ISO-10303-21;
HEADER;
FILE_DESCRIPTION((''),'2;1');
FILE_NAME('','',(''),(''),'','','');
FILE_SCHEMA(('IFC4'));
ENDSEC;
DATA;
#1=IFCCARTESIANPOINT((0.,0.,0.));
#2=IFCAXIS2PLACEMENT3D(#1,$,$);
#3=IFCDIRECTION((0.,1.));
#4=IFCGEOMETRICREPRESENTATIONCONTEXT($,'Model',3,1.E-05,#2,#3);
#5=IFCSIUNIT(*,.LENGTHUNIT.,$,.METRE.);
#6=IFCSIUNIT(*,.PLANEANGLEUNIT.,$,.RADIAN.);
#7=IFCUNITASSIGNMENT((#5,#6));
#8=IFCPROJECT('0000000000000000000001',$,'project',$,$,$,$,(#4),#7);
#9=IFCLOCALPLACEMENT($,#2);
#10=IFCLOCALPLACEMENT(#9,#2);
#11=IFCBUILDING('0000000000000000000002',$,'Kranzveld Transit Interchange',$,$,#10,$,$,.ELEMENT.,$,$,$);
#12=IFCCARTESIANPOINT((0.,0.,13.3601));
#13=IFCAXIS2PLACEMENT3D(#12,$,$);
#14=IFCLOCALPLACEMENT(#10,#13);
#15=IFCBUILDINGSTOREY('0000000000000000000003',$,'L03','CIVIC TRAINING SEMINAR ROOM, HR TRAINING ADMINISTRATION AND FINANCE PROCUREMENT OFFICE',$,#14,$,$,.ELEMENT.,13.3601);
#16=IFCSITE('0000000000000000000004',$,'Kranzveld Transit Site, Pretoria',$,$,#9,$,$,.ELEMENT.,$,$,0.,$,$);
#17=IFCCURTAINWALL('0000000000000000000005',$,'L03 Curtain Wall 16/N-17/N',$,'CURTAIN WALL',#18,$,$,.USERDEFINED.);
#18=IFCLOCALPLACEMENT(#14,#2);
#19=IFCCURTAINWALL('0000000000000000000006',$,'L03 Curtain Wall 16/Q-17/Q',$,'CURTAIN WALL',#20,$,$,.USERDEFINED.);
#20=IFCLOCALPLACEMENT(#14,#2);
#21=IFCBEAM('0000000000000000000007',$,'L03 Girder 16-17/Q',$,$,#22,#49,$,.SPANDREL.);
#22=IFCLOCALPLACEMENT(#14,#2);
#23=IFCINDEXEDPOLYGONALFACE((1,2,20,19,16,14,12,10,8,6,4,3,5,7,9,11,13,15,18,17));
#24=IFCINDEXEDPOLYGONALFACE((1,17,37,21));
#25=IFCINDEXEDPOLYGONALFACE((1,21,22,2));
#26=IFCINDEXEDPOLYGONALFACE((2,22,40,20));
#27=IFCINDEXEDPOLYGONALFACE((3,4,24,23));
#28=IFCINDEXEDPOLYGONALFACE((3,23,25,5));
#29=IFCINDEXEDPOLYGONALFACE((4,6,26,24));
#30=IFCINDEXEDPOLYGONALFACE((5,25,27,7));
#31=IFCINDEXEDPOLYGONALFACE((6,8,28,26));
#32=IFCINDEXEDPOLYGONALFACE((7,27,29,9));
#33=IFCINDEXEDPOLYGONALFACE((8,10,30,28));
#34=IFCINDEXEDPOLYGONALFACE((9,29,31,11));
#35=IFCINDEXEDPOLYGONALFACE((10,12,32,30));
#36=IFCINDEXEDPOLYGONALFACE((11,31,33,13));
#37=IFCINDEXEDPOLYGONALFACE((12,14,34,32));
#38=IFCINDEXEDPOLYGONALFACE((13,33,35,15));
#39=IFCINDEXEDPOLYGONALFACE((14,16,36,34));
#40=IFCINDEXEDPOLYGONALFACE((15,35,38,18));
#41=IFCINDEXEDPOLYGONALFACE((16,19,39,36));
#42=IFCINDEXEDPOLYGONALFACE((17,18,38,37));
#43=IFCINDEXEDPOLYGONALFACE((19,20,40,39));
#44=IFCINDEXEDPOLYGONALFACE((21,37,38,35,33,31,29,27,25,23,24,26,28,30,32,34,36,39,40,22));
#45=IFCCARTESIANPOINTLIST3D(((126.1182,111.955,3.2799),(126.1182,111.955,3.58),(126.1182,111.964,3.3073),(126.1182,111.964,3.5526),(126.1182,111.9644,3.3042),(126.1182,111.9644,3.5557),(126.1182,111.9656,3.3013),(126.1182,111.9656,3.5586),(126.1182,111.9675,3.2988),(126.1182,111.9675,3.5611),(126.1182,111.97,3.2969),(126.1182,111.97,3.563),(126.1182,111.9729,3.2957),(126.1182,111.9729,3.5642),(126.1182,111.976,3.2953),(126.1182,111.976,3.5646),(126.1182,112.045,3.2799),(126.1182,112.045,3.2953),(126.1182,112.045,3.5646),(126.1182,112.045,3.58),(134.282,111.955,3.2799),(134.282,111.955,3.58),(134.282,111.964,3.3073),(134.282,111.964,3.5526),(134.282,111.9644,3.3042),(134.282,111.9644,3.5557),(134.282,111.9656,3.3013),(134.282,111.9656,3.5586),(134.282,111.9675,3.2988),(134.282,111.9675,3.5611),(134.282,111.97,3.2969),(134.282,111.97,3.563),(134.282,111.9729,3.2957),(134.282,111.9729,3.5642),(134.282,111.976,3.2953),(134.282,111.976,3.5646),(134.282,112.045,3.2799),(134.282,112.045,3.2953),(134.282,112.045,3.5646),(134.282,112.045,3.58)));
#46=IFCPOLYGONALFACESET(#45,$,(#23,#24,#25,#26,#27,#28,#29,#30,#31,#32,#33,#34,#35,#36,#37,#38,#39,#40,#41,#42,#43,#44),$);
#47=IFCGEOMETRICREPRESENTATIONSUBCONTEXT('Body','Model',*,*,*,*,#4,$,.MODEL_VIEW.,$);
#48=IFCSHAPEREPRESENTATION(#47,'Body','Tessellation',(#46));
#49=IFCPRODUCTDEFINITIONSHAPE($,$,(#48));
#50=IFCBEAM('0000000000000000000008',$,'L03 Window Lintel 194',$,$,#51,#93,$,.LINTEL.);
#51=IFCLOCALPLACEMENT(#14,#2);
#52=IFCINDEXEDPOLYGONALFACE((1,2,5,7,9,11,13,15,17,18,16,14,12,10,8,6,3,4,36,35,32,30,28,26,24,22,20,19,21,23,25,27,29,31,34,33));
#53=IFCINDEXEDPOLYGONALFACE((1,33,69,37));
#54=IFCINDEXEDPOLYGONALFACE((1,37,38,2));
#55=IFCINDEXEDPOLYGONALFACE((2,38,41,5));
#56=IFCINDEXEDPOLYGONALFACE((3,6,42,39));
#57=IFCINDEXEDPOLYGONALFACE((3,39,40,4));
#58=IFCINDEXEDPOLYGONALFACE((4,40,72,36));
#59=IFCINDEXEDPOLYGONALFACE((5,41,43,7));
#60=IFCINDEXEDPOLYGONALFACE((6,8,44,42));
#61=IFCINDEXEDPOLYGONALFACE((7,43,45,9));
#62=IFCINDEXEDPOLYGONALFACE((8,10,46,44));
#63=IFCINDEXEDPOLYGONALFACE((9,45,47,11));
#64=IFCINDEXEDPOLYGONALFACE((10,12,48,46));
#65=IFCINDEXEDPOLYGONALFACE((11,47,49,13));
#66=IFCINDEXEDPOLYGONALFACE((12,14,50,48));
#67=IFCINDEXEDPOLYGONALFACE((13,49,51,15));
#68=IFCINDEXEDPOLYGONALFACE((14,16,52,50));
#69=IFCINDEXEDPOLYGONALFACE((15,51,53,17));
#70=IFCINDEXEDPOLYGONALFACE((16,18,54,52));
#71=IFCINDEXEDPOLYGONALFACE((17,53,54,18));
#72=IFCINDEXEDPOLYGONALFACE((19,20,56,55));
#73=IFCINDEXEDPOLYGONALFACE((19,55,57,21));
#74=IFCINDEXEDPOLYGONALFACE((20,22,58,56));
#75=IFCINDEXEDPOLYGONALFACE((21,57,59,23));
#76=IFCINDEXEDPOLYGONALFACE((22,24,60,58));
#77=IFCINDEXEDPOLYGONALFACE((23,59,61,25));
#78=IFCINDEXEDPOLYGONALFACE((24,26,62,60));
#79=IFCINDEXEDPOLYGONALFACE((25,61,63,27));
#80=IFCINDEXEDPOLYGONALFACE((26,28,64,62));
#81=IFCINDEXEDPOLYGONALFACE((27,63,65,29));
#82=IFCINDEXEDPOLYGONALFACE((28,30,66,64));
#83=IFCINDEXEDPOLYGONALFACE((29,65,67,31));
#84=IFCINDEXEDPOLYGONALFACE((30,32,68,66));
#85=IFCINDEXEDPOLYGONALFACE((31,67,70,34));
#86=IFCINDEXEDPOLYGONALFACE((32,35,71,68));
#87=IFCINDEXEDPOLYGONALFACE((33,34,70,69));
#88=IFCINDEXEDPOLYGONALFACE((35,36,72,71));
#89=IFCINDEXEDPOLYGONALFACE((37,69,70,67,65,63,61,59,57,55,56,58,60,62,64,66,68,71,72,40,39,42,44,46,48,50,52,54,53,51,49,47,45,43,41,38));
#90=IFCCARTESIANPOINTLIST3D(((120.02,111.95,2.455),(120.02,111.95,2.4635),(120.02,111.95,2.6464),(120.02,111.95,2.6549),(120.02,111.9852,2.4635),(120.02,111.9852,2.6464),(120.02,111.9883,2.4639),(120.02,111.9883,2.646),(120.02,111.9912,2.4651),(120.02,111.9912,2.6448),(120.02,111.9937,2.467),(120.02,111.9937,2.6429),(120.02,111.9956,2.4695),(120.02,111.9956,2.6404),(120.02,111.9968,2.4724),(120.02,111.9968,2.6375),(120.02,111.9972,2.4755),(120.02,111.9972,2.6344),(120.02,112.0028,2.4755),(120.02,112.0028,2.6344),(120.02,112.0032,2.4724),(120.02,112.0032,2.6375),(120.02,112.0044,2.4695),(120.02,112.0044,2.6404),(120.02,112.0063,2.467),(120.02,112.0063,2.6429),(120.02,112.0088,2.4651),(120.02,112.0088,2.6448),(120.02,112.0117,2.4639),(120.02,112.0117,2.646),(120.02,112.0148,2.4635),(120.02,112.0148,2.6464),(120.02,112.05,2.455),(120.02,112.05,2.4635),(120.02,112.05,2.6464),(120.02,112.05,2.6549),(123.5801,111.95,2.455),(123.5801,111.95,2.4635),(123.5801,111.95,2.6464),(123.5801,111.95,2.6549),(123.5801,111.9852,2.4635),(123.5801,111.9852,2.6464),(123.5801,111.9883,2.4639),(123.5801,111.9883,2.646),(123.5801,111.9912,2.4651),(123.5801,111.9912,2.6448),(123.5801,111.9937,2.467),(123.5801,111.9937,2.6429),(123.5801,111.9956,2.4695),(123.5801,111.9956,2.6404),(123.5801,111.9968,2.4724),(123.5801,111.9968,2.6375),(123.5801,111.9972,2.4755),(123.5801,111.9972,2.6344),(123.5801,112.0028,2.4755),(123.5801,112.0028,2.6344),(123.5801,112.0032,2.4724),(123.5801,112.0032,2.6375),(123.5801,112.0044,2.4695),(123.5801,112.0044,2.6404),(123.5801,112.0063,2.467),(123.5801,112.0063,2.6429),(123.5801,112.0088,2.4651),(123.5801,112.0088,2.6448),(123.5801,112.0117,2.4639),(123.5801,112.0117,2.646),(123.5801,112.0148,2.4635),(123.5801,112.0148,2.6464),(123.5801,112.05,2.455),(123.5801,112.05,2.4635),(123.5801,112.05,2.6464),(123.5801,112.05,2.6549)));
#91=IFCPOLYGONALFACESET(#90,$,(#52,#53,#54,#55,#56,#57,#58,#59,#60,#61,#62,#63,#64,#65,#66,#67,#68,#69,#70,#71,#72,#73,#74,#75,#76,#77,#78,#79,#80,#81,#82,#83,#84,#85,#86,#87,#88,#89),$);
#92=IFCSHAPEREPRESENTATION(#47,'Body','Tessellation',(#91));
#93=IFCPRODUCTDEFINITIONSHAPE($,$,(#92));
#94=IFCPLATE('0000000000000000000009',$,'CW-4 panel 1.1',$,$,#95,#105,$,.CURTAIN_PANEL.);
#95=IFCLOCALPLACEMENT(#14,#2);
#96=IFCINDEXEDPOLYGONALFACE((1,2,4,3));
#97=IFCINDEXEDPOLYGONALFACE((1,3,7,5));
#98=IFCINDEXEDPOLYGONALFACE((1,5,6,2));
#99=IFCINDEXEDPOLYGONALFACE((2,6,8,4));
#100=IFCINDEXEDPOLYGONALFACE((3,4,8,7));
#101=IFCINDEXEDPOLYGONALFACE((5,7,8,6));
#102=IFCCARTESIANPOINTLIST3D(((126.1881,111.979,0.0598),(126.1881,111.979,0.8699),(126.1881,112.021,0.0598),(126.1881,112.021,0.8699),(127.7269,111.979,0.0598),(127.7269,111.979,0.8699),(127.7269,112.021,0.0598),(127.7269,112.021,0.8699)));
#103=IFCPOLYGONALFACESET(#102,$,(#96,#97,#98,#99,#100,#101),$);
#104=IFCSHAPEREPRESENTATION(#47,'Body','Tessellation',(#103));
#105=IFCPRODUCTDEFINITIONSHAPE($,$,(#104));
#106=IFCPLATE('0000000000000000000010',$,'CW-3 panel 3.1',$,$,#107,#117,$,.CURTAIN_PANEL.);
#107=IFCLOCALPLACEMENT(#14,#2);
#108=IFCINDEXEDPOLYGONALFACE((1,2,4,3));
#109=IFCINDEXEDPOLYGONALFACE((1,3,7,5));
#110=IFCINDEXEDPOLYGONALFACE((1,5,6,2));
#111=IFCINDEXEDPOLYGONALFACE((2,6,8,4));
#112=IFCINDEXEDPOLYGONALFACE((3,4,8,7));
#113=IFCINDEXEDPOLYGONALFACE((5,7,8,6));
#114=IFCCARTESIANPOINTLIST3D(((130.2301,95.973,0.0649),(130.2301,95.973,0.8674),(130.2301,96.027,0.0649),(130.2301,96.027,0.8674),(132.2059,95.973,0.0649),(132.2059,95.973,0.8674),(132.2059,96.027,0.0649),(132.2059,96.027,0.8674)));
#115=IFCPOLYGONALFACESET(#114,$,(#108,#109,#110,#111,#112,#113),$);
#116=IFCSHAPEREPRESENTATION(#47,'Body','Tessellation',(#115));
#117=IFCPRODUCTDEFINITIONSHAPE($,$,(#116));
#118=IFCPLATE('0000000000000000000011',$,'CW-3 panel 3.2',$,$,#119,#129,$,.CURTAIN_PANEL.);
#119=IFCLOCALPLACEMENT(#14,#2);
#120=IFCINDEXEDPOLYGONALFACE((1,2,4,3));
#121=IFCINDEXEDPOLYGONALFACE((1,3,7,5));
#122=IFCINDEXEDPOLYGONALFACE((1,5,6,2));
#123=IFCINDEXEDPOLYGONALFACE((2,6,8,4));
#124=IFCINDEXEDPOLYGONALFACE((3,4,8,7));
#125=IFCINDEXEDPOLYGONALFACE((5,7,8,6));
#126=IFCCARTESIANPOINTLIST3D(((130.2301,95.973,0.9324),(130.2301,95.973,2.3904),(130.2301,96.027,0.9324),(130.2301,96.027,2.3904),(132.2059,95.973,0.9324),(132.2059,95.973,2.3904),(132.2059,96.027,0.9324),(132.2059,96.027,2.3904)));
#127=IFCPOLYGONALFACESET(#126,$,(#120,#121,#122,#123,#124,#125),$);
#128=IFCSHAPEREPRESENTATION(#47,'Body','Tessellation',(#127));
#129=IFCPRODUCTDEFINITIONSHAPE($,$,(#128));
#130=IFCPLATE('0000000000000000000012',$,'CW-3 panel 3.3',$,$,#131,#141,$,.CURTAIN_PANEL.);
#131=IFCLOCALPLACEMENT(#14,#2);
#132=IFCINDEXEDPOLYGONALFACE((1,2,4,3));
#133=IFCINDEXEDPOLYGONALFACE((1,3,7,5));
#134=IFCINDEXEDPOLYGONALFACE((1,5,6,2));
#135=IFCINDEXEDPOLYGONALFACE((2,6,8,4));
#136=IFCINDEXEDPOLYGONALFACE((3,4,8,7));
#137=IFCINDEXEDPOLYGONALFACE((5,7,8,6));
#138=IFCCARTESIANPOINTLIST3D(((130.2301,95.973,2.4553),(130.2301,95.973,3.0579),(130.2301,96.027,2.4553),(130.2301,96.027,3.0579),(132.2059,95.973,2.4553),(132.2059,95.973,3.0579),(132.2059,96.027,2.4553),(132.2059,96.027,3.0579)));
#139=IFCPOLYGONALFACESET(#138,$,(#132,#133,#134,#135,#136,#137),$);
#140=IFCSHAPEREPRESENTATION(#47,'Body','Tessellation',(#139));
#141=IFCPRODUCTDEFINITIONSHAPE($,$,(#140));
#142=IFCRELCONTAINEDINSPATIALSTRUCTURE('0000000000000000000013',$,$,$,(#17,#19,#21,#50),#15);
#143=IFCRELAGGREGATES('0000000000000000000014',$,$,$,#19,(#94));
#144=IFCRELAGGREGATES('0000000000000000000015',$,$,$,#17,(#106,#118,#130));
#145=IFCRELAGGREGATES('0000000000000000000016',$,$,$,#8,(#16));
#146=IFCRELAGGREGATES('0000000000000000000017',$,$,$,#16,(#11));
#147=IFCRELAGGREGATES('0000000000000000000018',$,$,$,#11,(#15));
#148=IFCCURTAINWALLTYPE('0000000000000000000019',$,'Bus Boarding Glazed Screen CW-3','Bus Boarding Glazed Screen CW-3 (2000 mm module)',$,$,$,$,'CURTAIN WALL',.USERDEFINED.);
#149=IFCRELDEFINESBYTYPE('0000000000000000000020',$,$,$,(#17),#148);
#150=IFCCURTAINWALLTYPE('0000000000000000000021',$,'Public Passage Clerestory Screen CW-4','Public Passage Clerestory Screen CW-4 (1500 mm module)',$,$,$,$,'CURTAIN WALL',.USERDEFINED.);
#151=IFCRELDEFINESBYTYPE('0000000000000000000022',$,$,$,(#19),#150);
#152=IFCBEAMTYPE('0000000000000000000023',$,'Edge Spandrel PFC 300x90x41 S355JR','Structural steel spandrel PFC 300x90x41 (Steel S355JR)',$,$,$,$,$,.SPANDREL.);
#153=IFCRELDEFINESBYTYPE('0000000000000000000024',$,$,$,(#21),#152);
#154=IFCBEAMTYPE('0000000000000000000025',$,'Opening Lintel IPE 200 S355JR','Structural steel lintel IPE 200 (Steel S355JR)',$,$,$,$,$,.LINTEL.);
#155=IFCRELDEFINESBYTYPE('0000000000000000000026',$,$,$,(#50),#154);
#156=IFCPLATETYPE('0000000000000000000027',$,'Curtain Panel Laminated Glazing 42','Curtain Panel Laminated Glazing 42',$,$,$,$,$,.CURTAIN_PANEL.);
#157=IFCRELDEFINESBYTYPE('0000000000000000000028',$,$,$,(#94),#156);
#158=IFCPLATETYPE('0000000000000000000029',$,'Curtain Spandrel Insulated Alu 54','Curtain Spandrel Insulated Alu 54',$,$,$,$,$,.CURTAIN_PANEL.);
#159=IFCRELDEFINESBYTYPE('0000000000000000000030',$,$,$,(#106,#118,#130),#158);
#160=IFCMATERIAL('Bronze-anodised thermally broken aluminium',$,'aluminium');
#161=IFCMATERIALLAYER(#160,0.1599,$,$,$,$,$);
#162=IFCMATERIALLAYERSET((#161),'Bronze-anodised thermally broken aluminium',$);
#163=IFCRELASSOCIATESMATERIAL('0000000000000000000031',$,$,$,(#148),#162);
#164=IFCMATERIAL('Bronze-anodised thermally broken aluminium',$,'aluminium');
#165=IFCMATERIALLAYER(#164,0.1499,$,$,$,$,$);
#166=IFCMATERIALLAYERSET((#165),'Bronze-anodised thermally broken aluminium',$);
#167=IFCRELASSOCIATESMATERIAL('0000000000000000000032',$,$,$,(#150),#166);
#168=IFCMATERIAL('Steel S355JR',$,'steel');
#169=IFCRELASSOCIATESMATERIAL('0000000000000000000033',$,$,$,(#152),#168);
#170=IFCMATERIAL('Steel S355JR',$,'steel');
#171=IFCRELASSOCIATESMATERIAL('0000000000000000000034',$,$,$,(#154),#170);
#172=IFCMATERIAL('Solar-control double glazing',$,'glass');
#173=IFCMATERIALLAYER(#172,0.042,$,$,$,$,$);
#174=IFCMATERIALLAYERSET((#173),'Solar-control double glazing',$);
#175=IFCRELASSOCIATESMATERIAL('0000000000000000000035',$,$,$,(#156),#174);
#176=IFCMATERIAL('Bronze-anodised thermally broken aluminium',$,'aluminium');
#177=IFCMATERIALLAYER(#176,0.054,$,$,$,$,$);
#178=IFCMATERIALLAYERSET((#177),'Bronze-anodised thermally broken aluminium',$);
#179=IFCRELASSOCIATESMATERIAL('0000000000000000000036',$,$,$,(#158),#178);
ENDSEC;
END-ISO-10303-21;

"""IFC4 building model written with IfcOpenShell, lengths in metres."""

from ifc_helpers import new_model, si_unit, direction, frame, origin, origin_2d, place, context, subcontext, project, spatial, rectangle, i_section, u_section, extrude, material, layer, layer_set, material_profile, profile_set, type_object, element, aggregate, save


model = new_model("IFC4")

# Units and contexts
model_context = context("Model", 3, precision=1e-05, world=origin(), true_north=direction((0.0, 1.0)))
body_context = subcontext(model_context, "Body", "Model", "MODEL_VIEW")
ifc_project = project(units=[si_unit("LENGTHUNIT", "METRE"), si_unit("PLANEANGLEUNIT", "RADIAN")], contexts=[model_context])

# Site, building, storey
site_placement = place(None, origin())
site = spatial("IfcSite", under=ifc_project, at=site_placement, Name="Kranzveld Transit Site, Pretoria", CompositionType="ELEMENT", RefElevation=0.0)
building_placement = place(site_placement, origin())
building = spatial("IfcBuilding", under=site, at=building_placement, Name="Kranzveld Transit Interchange", CompositionType="ELEMENT")
storey_placement = place(building_placement, frame((0.0, 0.0, 13.3601)))
storey = spatial("IfcBuildingStorey", under=building, at=storey_placement, Name="L03", Description="CIVIC TRAINING SEMINAR ROOM, HR TRAINING ADMINISTRATION AND FINANCE PROCUREMENT OFFICE", CompositionType="ELEMENT", Elevation=13.3601)

# Curtain walls
ifc_material_1 = material(Name="Bronze-anodised thermally broken aluminium", Category="aluminium")
ifc_layer_1 = layer(ifc_material_1, 0.1599)
ifc_layer_set_1 = layer_set([ifc_layer_1], Name="Bronze-anodised thermally broken aluminium")
curtain_wall_type_1 = type_object("IfcCurtainWallType", Name="Bus Boarding Glazed Screen CW-3", Description="Bus Boarding Glazed Screen CW-3 (2000 mm module)", ElementType="CURTAIN WALL", PredefinedType="USERDEFINED", material=ifc_layer_set_1)
curtain_wall_1_placement = place(storey_placement, origin())
curtain_wall_1 = element("IfcCurtainWall", 1, at=curtain_wall_1_placement, inside=storey, type_object=curtain_wall_type_1, Name="L03 Curtain Wall 16/N-17/N", ObjectType="CURTAIN WALL", PredefinedType="USERDEFINED")
ifc_material_2 = material(Name="Bronze-anodised thermally broken aluminium", Category="aluminium")
ifc_layer_2 = layer(ifc_material_2, 0.1499)
ifc_layer_set_2 = layer_set([ifc_layer_2], Name="Bronze-anodised thermally broken aluminium")
curtain_wall_type_2 = type_object("IfcCurtainWallType", Name="Public Passage Clerestory Screen CW-4", Description="Public Passage Clerestory Screen CW-4 (1500 mm module)", ElementType="CURTAIN WALL", PredefinedType="USERDEFINED", material=ifc_layer_set_2)
curtain_wall_2_placement = place(storey_placement, origin())
curtain_wall_2 = element("IfcCurtainWall", 2, at=curtain_wall_2_placement, inside=storey, type_object=curtain_wall_type_2, Name="L03 Curtain Wall 16/Q-17/Q", ObjectType="CURTAIN WALL", PredefinedType="USERDEFINED")

# Beams
ifc_material_3 = material(Name="Steel S355JR", Category="steel")
ifc_material_profile_1 = material_profile(ifc_material_3, u_section(Depth=0.3, FlangeWidth=0.0901, WebThickness=0.009, FlangeThickness=0.0154, FilletRadius=0.012, at=origin_2d()), Name="PFC 300x90x41")
ifc_profile_set_1 = profile_set([ifc_material_profile_1], Name="Steel S355JR")
beam_type_1 = type_object("IfcBeamType", Name="Edge Spandrel PFC 300x90x41 S355JR", Description="Structural steel spandrel PFC 300x90x41 (Steel S355JR)", PredefinedType="SPANDREL", material=ifc_profile_set_1)
beam_1_placement = place(storey_placement, frame((126.1182, 112.0, 3.4299), z_axis=(1.0, 0.0, 0.0), x_axis=(0.0, 1.0, 0.0)))
element("IfcBeam", 3, at=beam_1_placement, inside=storey, type_object=beam_type_1, Name="L03 Girder 16-17/Q", PredefinedType="SPANDREL", context=body_context, shape_type="SweptSolid", body=[
    extrude(u_section(Depth=0.3, FlangeWidth=0.0901, WebThickness=0.009, FlangeThickness=0.0154, FilletRadius=0.012, at=origin_2d()), origin(), (0.0, 0.0, 1.0), 8.1638),
])
ifc_material_4 = material(Name="Steel S355JR", Category="steel")
ifc_material_profile_2 = material_profile(ifc_material_4, i_section(OverallWidth=0.1001, OverallDepth=0.2, WebThickness=0.0056, FlangeThickness=0.0085, FilletRadius=0.012, at=origin_2d()), Name="IPE 200")
ifc_profile_set_2 = profile_set([ifc_material_profile_2], Name="Steel S355JR")
beam_type_2 = type_object("IfcBeamType", Name="Opening Lintel IPE 200 S355JR", Description="Structural steel lintel IPE 200 (Steel S355JR)", PredefinedType="LINTEL", material=ifc_profile_set_2)
beam_2_placement = place(storey_placement, frame((120.02, 112.0, 2.5549), z_axis=(1.0, 0.0, 0.0), x_axis=(0.0, 1.0, 0.0)))
element("IfcBeam", 4, at=beam_2_placement, inside=storey, type_object=beam_type_2, Name="L03 Window Lintel 194", PredefinedType="LINTEL", context=body_context, shape_type="SweptSolid", body=[
    extrude(i_section(OverallWidth=0.1001, OverallDepth=0.2, WebThickness=0.0056, FlangeThickness=0.0085, FilletRadius=0.012, at=origin_2d()), origin(), (0.0, 0.0, 1.0), 3.5601),
])

# Plates
ifc_material_5 = material(Name="Solar-control double glazing", Category="glass")
ifc_layer_3 = layer(ifc_material_5, 0.042)
ifc_layer_set_3 = layer_set([ifc_layer_3], Name="Solar-control double glazing")
plate_type_1 = type_object("IfcPlateType", Name="Curtain Panel Laminated Glazing 42", Description="Curtain Panel Laminated Glazing 42", PredefinedType="CURTAIN_PANEL", material=ifc_layer_set_3)
plate_1_placement = place(storey_placement, frame((126.9575, 112.0, 0.0598), z_axis=(0.0, 0.0, 1.0), x_axis=(1.0, 0.0, 0.0)))
plate_1 = element("IfcPlate", 5, at=plate_1_placement, type_object=plate_type_1, Name="CW-4 panel 1.1", PredefinedType="CURTAIN_PANEL", context=body_context, shape_type="SweptSolid", body=[
    extrude(rectangle(XDim=1.5388, YDim=0.042, at=origin_2d()), origin(), (0.0, 0.0, 1.0), 0.8101),
])
aggregate(curtain_wall_2, [plate_1])
ifc_material_6 = material(Name="Bronze-anodised thermally broken aluminium", Category="aluminium")
ifc_layer_4 = layer(ifc_material_6, 0.054)
ifc_layer_set_4 = layer_set([ifc_layer_4], Name="Bronze-anodised thermally broken aluminium")
plate_type_2 = type_object("IfcPlateType", Name="Curtain Spandrel Insulated Alu 54", Description="Curtain Spandrel Insulated Alu 54", PredefinedType="CURTAIN_PANEL", material=ifc_layer_set_4)
plate_2_placement = place(storey_placement, frame((131.218, 96.0, 0.0649), z_axis=(0.0, 0.0, 1.0), x_axis=(1.0, 0.0, 0.0)))
plate_2 = element("IfcPlate", 6, at=plate_2_placement, type_object=plate_type_2, Name="CW-3 panel 3.1", PredefinedType="CURTAIN_PANEL", context=body_context, shape_type="SweptSolid", body=[
    extrude(rectangle(XDim=1.9758, YDim=0.054, at=origin_2d()), origin(), (0.0, 0.0, 1.0), 0.8025),
])
plate_3_placement = place(storey_placement, frame((131.218, 96.0, 0.9324), z_axis=(0.0, 0.0, 1.0), x_axis=(1.0, 0.0, 0.0)))
plate_3 = element("IfcPlate", 7, at=plate_3_placement, type_object=plate_type_2, Name="CW-3 panel 3.2", PredefinedType="CURTAIN_PANEL", context=body_context, shape_type="SweptSolid", body=[
    extrude(rectangle(XDim=1.9758, YDim=0.054, at=origin_2d()), origin(), (0.0, 0.0, 1.0), 1.458),
])
plate_4_placement = place(storey_placement, frame((131.218, 96.0, 2.4553), z_axis=(0.0, 0.0, 1.0), x_axis=(1.0, 0.0, 0.0)))
plate_4 = element("IfcPlate", 8, at=plate_4_placement, type_object=plate_type_2, Name="CW-3 panel 3.3", PredefinedType="CURTAIN_PANEL", context=body_context, shape_type="SweptSolid", body=[
    extrude(rectangle(XDim=1.9758, YDim=0.054, at=origin_2d()), origin(), (0.0, 0.0, 1.0), 0.6025),
])
aggregate(curtain_wall_1, [plate_2, plate_3, plate_4])

save(model, "model.ifc")
